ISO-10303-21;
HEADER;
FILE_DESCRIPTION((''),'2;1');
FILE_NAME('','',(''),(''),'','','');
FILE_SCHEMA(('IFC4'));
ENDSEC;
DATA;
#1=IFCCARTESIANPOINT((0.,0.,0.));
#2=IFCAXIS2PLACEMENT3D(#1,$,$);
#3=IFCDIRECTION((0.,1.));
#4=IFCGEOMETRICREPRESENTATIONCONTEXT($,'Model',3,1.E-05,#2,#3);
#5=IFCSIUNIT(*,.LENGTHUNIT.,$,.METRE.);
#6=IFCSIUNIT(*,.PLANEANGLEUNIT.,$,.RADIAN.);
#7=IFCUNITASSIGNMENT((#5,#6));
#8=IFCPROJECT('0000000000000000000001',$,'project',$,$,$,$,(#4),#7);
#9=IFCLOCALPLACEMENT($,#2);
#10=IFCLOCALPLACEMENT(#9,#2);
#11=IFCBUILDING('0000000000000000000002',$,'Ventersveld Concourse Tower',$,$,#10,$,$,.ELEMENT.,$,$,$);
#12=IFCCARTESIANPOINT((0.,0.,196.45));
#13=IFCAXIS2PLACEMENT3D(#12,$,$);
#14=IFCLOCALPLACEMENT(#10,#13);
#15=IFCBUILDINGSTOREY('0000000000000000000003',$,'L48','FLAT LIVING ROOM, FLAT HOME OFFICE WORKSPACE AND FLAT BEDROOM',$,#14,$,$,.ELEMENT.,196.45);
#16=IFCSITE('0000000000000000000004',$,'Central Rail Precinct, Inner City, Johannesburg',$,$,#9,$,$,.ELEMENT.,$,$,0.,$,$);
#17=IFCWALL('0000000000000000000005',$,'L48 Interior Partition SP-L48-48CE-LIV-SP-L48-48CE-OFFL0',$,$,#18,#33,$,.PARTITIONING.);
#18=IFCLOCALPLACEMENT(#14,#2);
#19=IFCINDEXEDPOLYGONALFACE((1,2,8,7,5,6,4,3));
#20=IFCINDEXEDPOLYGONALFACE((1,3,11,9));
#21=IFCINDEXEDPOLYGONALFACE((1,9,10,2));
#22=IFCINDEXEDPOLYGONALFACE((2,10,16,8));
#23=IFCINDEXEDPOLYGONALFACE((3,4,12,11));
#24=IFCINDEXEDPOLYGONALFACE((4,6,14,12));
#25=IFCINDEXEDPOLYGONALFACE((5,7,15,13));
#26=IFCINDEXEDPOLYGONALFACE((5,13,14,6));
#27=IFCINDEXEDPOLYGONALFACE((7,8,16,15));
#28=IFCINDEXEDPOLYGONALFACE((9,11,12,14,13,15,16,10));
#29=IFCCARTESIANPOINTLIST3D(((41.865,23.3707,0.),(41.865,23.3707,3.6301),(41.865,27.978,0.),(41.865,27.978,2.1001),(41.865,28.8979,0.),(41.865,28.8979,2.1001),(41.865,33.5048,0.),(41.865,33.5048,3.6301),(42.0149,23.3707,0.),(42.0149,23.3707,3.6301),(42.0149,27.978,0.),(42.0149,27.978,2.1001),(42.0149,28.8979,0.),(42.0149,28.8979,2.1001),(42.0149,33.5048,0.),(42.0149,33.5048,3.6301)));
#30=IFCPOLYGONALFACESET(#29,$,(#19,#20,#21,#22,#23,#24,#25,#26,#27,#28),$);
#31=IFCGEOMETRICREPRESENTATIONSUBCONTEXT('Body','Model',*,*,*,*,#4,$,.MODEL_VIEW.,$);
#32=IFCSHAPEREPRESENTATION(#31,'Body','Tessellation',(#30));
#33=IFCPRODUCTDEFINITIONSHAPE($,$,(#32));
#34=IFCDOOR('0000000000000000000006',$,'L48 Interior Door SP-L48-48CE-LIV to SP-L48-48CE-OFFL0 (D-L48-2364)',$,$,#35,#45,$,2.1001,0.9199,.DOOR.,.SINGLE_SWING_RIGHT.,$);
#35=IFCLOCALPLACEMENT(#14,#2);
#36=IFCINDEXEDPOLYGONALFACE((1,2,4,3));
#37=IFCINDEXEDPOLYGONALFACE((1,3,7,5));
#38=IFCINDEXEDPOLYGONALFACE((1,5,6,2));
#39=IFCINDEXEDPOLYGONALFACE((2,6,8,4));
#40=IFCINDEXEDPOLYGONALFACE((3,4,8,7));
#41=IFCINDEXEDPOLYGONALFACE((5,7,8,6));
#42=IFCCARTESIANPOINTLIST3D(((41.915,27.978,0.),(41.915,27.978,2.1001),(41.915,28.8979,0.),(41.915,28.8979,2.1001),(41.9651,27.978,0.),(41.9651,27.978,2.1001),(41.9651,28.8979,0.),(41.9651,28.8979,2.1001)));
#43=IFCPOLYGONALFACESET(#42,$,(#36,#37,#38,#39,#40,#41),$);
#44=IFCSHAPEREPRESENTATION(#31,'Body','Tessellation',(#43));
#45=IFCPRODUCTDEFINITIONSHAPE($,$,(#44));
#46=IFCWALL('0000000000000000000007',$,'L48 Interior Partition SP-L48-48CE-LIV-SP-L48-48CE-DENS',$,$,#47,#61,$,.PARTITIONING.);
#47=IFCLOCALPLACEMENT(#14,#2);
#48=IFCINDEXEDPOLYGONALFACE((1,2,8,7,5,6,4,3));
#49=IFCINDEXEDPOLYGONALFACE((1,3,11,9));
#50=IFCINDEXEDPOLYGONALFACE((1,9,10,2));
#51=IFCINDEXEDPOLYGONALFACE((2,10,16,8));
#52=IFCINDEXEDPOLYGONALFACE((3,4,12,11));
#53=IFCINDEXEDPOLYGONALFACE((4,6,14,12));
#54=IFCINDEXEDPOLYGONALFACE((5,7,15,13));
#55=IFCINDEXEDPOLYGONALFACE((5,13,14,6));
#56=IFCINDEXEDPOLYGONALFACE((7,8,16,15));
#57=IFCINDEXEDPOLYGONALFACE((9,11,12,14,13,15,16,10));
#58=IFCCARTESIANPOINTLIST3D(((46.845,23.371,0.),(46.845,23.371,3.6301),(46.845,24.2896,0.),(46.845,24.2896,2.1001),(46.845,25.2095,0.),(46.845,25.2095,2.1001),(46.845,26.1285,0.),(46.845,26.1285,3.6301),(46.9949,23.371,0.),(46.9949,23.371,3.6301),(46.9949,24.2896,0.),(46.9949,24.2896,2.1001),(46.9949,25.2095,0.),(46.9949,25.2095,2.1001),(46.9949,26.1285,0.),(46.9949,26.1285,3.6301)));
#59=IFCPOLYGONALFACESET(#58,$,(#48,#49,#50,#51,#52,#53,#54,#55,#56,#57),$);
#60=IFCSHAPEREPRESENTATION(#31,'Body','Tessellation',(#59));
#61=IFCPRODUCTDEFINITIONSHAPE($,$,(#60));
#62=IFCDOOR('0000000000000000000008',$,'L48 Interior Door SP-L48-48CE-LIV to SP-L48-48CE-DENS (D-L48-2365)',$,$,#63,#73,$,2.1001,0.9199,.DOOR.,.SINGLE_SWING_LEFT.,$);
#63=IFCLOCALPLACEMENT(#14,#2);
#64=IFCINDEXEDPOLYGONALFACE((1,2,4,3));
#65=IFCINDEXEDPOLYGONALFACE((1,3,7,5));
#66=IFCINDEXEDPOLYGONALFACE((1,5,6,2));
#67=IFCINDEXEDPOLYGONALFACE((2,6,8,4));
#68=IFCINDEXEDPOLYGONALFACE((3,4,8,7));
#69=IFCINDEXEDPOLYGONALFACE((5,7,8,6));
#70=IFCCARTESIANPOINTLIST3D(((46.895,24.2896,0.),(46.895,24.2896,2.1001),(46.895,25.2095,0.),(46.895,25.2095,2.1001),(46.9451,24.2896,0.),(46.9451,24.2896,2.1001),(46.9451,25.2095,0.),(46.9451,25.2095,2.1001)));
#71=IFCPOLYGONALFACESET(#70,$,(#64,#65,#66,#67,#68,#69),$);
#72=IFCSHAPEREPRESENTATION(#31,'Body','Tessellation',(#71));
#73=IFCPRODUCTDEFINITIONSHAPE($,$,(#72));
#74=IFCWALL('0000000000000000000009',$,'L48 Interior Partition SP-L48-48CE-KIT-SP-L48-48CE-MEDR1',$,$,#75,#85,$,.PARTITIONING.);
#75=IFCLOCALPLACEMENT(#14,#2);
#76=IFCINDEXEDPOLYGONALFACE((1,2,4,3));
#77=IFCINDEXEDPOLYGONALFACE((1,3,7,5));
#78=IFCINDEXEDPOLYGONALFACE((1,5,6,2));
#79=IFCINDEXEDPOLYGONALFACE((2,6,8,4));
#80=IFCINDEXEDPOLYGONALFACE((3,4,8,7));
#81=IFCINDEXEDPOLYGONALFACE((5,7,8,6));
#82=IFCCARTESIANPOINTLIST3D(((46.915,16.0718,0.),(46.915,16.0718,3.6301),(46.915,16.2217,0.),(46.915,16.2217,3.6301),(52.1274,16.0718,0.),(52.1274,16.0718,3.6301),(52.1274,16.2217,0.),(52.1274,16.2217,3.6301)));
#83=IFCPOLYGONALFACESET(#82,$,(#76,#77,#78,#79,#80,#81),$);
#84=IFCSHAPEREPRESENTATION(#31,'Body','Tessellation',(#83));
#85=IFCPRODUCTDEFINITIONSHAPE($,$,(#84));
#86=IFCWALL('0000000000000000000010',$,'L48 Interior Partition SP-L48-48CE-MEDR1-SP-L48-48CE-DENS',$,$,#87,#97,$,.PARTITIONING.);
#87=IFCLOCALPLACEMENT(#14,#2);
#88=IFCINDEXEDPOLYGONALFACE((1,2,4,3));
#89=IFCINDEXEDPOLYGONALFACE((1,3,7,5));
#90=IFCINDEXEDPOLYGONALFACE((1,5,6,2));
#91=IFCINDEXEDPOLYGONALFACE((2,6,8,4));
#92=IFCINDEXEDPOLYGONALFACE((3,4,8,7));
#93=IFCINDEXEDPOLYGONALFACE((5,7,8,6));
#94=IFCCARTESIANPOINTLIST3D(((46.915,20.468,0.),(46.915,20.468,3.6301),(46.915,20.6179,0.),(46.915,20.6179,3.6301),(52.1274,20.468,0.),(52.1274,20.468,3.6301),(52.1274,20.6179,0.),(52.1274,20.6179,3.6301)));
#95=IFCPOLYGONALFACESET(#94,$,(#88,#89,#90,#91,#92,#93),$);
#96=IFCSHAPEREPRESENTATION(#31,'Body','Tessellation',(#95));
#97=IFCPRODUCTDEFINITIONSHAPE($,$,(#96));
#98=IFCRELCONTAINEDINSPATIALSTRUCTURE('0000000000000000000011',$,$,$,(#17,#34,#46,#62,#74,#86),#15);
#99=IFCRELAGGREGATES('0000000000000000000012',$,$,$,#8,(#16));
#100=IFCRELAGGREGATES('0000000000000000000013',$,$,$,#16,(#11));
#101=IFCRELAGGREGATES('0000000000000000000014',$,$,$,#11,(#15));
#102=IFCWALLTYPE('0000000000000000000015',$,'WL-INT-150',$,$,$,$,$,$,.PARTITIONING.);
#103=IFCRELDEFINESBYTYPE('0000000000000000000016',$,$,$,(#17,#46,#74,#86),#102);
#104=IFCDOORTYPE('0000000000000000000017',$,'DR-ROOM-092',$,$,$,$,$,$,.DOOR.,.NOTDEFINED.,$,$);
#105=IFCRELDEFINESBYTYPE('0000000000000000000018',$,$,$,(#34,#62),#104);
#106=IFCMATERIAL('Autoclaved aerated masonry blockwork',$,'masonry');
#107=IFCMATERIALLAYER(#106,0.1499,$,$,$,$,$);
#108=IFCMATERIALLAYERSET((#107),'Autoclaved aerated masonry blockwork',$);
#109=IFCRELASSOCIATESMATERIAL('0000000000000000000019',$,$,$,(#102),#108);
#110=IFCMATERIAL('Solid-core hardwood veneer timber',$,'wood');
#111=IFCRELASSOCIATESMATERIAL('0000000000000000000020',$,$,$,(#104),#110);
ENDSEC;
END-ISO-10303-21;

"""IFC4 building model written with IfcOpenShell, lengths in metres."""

from ifc_helpers import new_model, si_unit, direction, frame, frame_2d, origin, place, context, subcontext, project, spatial, rectangle, extrude, material, layer, layer_set, type_object, element, fill, save


model = new_model("IFC4")

# Units and contexts
model_context = context("Model", 3, precision=1e-05, world=origin(), true_north=direction((0.0, 1.0)))
body_context = subcontext(model_context, "Body", "Model", "MODEL_VIEW")
ifc_project = project(units=[si_unit("LENGTHUNIT", "METRE"), si_unit("PLANEANGLEUNIT", "RADIAN")], contexts=[model_context])

# Site, building, storey
site_placement = place(None, origin())
site = spatial("IfcSite", under=ifc_project, at=site_placement, Name="Central Rail Precinct, Inner City, Johannesburg", CompositionType="ELEMENT", RefElevation=0.0)
building_placement = place(site_placement, origin())
building = spatial("IfcBuilding", under=site, at=building_placement, Name="Ventersveld Concourse Tower", CompositionType="ELEMENT")
storey_placement = place(building_placement, frame((0.0, 0.0, 196.45)))
storey = spatial("IfcBuildingStorey", under=building, at=storey_placement, Name="L48", Description="FLAT LIVING ROOM, FLAT HOME OFFICE WORKSPACE AND FLAT BEDROOM", CompositionType="ELEMENT", Elevation=196.45)

# Shared definitions
ifc_material_1 = material(Name="Solid-core hardwood veneer timber", Category="wood")

# Walls, openings, doors
ifc_material_2 = material(Name="Autoclaved aerated masonry blockwork", Category="masonry")
ifc_layer_1 = layer(ifc_material_2, 0.1499)
ifc_layer_set_1 = layer_set([ifc_layer_1], Name="Autoclaved aerated masonry blockwork")
wall_type_1 = type_object("IfcWallType", Name="WL-INT-150", PredefinedType="PARTITIONING", material=ifc_layer_set_1)
door_type_1 = type_object("IfcDoorType", Name="DR-ROOM-092", OperationType="NOTDEFINED", PredefinedType="DOOR", material=ifc_material_1)
wall_1_placement = place(storey_placement, frame((41.9399, 23.3708, 0.0), z_axis=(0.0, 0.0, 1.0), x_axis=(0.0, 1.0, 0.0)))
wall_1 = element("IfcWall", 1, at=wall_1_placement, inside=storey, type_object=wall_type_1, Name="L48 Interior Partition SP-L48-48CE-LIV-SP-L48-48CE-OFFL0", PredefinedType="PARTITIONING", context=body_context, shape_type="SweptSolid", body=[
    extrude(rectangle(XDim=10.134, YDim=0.1499, at=frame_2d((5.0669, 0.0))), origin(), (0.0, 0.0, 1.0), 3.6301),
])
opening_1_placement = place(wall_1_placement, frame((4.6072, 0.0, 0.0)))
opening_1 = element("IfcOpeningElement", 2, at=opening_1_placement, cuts=wall_1, PredefinedType="OPENING", context=body_context, shape_type="SweptSolid", body=[
    extrude(rectangle(XDim=0.9199, YDim=2.1001, at=frame_2d((0.46, 1.05))), frame((0.0, 0.085, 0.0), z_axis=(0.0, -1.0, 0.0), x_axis=(1.0, 0.0, 0.0)), (0.0, 0.0, 1.0), 0.1699),
])
door_1_placement = place(opening_1_placement, origin())
door_1 = element("IfcDoor", 3, at=door_1_placement, inside=storey, type_object=door_type_1, Name="L48 Interior Door SP-L48-48CE-LIV to SP-L48-48CE-OFFL0 (D-L48-2364)", OperationType="SINGLE_SWING_RIGHT", OverallHeight=2.1001, OverallWidth=0.9199, PredefinedType="DOOR", context=body_context, shape_type="SweptSolid", body=[
    extrude(rectangle(XDim=0.9199, YDim=2.1001, at=frame_2d((0.46, 1.05))), frame((0.0, 0.0249, 0.0), z_axis=(0.0, -1.0, 0.0), x_axis=(1.0, 0.0, 0.0)), (0.0, 0.0, 1.0), 0.05),
])
fill(opening_1, door_1)
wall_2_placement = place(storey_placement, frame((46.9199, 23.3708, 0.0), z_axis=(0.0, 0.0, 1.0), x_axis=(0.0, 1.0, 0.0)))
wall_2 = element("IfcWall", 4, at=wall_2_placement, inside=storey, type_object=wall_type_1, Name="L48 Interior Partition SP-L48-48CE-LIV-SP-L48-48CE-DENS", PredefinedType="PARTITIONING", context=body_context, shape_type="SweptSolid", body=[
    extrude(rectangle(XDim=2.7576, YDim=0.1499, at=frame_2d((1.3789, 0.0))), origin(), (0.0, 0.0, 1.0), 3.6301),
])
opening_2_placement = place(wall_2_placement, frame((0.9187, 0.0, 0.0)))
opening_2 = element("IfcOpeningElement", 5, at=opening_2_placement, cuts=wall_2, PredefinedType="OPENING", context=body_context, shape_type="SweptSolid", body=[
    extrude(rectangle(XDim=0.9199, YDim=2.1001, at=frame_2d((0.46, 1.05))), frame((0.0, 0.085, 0.0), z_axis=(0.0, -1.0, 0.0), x_axis=(1.0, 0.0, 0.0)), (0.0, 0.0, 1.0), 0.1699),
])
door_2_placement = place(opening_2_placement, origin())
door_2 = element("IfcDoor", 6, at=door_2_placement, inside=storey, type_object=door_type_1, Name="L48 Interior Door SP-L48-48CE-LIV to SP-L48-48CE-DENS (D-L48-2365)", OperationType="SINGLE_SWING_LEFT", OverallHeight=2.1001, OverallWidth=0.9199, PredefinedType="DOOR", context=body_context, shape_type="SweptSolid", body=[
    extrude(rectangle(XDim=0.9199, YDim=2.1001, at=frame_2d((0.46, 1.05))), frame((0.0, 0.0249, 0.0), z_axis=(0.0, -1.0, 0.0), x_axis=(1.0, 0.0, 0.0)), (0.0, 0.0, 1.0), 0.05),
])
fill(opening_2, door_2)

# Walls
for number, where, z_axis, x_axis, name in (
    (7, (46.915, 16.1467, 0.0), (0.0, 0.0, 1.0), (1.0, 0.0, 0.0), "L48 Interior Partition SP-L48-48CE-KIT-SP-L48-48CE-MEDR1"),
    (8, (46.915, 20.543, 0.0), (0.0, 0.0, 1.0), (1.0, 0.0, 0.0), "L48 Interior Partition SP-L48-48CE-MEDR1-SP-L48-48CE-DENS"),
):
    element("IfcWall", number, at=place(storey_placement, frame(where, z_axis=z_axis, x_axis=x_axis)), inside=storey, type_object=wall_type_1, Name=name, PredefinedType="PARTITIONING", context=body_context, shape_type="SweptSolid", body=[
        extrude(rectangle(XDim=5.2124, YDim=0.1499, at=frame_2d((2.6062, 0.0))), origin(), (0.0, 0.0, 1.0), 3.6301),
    ])

save(model, "model.ifc")
